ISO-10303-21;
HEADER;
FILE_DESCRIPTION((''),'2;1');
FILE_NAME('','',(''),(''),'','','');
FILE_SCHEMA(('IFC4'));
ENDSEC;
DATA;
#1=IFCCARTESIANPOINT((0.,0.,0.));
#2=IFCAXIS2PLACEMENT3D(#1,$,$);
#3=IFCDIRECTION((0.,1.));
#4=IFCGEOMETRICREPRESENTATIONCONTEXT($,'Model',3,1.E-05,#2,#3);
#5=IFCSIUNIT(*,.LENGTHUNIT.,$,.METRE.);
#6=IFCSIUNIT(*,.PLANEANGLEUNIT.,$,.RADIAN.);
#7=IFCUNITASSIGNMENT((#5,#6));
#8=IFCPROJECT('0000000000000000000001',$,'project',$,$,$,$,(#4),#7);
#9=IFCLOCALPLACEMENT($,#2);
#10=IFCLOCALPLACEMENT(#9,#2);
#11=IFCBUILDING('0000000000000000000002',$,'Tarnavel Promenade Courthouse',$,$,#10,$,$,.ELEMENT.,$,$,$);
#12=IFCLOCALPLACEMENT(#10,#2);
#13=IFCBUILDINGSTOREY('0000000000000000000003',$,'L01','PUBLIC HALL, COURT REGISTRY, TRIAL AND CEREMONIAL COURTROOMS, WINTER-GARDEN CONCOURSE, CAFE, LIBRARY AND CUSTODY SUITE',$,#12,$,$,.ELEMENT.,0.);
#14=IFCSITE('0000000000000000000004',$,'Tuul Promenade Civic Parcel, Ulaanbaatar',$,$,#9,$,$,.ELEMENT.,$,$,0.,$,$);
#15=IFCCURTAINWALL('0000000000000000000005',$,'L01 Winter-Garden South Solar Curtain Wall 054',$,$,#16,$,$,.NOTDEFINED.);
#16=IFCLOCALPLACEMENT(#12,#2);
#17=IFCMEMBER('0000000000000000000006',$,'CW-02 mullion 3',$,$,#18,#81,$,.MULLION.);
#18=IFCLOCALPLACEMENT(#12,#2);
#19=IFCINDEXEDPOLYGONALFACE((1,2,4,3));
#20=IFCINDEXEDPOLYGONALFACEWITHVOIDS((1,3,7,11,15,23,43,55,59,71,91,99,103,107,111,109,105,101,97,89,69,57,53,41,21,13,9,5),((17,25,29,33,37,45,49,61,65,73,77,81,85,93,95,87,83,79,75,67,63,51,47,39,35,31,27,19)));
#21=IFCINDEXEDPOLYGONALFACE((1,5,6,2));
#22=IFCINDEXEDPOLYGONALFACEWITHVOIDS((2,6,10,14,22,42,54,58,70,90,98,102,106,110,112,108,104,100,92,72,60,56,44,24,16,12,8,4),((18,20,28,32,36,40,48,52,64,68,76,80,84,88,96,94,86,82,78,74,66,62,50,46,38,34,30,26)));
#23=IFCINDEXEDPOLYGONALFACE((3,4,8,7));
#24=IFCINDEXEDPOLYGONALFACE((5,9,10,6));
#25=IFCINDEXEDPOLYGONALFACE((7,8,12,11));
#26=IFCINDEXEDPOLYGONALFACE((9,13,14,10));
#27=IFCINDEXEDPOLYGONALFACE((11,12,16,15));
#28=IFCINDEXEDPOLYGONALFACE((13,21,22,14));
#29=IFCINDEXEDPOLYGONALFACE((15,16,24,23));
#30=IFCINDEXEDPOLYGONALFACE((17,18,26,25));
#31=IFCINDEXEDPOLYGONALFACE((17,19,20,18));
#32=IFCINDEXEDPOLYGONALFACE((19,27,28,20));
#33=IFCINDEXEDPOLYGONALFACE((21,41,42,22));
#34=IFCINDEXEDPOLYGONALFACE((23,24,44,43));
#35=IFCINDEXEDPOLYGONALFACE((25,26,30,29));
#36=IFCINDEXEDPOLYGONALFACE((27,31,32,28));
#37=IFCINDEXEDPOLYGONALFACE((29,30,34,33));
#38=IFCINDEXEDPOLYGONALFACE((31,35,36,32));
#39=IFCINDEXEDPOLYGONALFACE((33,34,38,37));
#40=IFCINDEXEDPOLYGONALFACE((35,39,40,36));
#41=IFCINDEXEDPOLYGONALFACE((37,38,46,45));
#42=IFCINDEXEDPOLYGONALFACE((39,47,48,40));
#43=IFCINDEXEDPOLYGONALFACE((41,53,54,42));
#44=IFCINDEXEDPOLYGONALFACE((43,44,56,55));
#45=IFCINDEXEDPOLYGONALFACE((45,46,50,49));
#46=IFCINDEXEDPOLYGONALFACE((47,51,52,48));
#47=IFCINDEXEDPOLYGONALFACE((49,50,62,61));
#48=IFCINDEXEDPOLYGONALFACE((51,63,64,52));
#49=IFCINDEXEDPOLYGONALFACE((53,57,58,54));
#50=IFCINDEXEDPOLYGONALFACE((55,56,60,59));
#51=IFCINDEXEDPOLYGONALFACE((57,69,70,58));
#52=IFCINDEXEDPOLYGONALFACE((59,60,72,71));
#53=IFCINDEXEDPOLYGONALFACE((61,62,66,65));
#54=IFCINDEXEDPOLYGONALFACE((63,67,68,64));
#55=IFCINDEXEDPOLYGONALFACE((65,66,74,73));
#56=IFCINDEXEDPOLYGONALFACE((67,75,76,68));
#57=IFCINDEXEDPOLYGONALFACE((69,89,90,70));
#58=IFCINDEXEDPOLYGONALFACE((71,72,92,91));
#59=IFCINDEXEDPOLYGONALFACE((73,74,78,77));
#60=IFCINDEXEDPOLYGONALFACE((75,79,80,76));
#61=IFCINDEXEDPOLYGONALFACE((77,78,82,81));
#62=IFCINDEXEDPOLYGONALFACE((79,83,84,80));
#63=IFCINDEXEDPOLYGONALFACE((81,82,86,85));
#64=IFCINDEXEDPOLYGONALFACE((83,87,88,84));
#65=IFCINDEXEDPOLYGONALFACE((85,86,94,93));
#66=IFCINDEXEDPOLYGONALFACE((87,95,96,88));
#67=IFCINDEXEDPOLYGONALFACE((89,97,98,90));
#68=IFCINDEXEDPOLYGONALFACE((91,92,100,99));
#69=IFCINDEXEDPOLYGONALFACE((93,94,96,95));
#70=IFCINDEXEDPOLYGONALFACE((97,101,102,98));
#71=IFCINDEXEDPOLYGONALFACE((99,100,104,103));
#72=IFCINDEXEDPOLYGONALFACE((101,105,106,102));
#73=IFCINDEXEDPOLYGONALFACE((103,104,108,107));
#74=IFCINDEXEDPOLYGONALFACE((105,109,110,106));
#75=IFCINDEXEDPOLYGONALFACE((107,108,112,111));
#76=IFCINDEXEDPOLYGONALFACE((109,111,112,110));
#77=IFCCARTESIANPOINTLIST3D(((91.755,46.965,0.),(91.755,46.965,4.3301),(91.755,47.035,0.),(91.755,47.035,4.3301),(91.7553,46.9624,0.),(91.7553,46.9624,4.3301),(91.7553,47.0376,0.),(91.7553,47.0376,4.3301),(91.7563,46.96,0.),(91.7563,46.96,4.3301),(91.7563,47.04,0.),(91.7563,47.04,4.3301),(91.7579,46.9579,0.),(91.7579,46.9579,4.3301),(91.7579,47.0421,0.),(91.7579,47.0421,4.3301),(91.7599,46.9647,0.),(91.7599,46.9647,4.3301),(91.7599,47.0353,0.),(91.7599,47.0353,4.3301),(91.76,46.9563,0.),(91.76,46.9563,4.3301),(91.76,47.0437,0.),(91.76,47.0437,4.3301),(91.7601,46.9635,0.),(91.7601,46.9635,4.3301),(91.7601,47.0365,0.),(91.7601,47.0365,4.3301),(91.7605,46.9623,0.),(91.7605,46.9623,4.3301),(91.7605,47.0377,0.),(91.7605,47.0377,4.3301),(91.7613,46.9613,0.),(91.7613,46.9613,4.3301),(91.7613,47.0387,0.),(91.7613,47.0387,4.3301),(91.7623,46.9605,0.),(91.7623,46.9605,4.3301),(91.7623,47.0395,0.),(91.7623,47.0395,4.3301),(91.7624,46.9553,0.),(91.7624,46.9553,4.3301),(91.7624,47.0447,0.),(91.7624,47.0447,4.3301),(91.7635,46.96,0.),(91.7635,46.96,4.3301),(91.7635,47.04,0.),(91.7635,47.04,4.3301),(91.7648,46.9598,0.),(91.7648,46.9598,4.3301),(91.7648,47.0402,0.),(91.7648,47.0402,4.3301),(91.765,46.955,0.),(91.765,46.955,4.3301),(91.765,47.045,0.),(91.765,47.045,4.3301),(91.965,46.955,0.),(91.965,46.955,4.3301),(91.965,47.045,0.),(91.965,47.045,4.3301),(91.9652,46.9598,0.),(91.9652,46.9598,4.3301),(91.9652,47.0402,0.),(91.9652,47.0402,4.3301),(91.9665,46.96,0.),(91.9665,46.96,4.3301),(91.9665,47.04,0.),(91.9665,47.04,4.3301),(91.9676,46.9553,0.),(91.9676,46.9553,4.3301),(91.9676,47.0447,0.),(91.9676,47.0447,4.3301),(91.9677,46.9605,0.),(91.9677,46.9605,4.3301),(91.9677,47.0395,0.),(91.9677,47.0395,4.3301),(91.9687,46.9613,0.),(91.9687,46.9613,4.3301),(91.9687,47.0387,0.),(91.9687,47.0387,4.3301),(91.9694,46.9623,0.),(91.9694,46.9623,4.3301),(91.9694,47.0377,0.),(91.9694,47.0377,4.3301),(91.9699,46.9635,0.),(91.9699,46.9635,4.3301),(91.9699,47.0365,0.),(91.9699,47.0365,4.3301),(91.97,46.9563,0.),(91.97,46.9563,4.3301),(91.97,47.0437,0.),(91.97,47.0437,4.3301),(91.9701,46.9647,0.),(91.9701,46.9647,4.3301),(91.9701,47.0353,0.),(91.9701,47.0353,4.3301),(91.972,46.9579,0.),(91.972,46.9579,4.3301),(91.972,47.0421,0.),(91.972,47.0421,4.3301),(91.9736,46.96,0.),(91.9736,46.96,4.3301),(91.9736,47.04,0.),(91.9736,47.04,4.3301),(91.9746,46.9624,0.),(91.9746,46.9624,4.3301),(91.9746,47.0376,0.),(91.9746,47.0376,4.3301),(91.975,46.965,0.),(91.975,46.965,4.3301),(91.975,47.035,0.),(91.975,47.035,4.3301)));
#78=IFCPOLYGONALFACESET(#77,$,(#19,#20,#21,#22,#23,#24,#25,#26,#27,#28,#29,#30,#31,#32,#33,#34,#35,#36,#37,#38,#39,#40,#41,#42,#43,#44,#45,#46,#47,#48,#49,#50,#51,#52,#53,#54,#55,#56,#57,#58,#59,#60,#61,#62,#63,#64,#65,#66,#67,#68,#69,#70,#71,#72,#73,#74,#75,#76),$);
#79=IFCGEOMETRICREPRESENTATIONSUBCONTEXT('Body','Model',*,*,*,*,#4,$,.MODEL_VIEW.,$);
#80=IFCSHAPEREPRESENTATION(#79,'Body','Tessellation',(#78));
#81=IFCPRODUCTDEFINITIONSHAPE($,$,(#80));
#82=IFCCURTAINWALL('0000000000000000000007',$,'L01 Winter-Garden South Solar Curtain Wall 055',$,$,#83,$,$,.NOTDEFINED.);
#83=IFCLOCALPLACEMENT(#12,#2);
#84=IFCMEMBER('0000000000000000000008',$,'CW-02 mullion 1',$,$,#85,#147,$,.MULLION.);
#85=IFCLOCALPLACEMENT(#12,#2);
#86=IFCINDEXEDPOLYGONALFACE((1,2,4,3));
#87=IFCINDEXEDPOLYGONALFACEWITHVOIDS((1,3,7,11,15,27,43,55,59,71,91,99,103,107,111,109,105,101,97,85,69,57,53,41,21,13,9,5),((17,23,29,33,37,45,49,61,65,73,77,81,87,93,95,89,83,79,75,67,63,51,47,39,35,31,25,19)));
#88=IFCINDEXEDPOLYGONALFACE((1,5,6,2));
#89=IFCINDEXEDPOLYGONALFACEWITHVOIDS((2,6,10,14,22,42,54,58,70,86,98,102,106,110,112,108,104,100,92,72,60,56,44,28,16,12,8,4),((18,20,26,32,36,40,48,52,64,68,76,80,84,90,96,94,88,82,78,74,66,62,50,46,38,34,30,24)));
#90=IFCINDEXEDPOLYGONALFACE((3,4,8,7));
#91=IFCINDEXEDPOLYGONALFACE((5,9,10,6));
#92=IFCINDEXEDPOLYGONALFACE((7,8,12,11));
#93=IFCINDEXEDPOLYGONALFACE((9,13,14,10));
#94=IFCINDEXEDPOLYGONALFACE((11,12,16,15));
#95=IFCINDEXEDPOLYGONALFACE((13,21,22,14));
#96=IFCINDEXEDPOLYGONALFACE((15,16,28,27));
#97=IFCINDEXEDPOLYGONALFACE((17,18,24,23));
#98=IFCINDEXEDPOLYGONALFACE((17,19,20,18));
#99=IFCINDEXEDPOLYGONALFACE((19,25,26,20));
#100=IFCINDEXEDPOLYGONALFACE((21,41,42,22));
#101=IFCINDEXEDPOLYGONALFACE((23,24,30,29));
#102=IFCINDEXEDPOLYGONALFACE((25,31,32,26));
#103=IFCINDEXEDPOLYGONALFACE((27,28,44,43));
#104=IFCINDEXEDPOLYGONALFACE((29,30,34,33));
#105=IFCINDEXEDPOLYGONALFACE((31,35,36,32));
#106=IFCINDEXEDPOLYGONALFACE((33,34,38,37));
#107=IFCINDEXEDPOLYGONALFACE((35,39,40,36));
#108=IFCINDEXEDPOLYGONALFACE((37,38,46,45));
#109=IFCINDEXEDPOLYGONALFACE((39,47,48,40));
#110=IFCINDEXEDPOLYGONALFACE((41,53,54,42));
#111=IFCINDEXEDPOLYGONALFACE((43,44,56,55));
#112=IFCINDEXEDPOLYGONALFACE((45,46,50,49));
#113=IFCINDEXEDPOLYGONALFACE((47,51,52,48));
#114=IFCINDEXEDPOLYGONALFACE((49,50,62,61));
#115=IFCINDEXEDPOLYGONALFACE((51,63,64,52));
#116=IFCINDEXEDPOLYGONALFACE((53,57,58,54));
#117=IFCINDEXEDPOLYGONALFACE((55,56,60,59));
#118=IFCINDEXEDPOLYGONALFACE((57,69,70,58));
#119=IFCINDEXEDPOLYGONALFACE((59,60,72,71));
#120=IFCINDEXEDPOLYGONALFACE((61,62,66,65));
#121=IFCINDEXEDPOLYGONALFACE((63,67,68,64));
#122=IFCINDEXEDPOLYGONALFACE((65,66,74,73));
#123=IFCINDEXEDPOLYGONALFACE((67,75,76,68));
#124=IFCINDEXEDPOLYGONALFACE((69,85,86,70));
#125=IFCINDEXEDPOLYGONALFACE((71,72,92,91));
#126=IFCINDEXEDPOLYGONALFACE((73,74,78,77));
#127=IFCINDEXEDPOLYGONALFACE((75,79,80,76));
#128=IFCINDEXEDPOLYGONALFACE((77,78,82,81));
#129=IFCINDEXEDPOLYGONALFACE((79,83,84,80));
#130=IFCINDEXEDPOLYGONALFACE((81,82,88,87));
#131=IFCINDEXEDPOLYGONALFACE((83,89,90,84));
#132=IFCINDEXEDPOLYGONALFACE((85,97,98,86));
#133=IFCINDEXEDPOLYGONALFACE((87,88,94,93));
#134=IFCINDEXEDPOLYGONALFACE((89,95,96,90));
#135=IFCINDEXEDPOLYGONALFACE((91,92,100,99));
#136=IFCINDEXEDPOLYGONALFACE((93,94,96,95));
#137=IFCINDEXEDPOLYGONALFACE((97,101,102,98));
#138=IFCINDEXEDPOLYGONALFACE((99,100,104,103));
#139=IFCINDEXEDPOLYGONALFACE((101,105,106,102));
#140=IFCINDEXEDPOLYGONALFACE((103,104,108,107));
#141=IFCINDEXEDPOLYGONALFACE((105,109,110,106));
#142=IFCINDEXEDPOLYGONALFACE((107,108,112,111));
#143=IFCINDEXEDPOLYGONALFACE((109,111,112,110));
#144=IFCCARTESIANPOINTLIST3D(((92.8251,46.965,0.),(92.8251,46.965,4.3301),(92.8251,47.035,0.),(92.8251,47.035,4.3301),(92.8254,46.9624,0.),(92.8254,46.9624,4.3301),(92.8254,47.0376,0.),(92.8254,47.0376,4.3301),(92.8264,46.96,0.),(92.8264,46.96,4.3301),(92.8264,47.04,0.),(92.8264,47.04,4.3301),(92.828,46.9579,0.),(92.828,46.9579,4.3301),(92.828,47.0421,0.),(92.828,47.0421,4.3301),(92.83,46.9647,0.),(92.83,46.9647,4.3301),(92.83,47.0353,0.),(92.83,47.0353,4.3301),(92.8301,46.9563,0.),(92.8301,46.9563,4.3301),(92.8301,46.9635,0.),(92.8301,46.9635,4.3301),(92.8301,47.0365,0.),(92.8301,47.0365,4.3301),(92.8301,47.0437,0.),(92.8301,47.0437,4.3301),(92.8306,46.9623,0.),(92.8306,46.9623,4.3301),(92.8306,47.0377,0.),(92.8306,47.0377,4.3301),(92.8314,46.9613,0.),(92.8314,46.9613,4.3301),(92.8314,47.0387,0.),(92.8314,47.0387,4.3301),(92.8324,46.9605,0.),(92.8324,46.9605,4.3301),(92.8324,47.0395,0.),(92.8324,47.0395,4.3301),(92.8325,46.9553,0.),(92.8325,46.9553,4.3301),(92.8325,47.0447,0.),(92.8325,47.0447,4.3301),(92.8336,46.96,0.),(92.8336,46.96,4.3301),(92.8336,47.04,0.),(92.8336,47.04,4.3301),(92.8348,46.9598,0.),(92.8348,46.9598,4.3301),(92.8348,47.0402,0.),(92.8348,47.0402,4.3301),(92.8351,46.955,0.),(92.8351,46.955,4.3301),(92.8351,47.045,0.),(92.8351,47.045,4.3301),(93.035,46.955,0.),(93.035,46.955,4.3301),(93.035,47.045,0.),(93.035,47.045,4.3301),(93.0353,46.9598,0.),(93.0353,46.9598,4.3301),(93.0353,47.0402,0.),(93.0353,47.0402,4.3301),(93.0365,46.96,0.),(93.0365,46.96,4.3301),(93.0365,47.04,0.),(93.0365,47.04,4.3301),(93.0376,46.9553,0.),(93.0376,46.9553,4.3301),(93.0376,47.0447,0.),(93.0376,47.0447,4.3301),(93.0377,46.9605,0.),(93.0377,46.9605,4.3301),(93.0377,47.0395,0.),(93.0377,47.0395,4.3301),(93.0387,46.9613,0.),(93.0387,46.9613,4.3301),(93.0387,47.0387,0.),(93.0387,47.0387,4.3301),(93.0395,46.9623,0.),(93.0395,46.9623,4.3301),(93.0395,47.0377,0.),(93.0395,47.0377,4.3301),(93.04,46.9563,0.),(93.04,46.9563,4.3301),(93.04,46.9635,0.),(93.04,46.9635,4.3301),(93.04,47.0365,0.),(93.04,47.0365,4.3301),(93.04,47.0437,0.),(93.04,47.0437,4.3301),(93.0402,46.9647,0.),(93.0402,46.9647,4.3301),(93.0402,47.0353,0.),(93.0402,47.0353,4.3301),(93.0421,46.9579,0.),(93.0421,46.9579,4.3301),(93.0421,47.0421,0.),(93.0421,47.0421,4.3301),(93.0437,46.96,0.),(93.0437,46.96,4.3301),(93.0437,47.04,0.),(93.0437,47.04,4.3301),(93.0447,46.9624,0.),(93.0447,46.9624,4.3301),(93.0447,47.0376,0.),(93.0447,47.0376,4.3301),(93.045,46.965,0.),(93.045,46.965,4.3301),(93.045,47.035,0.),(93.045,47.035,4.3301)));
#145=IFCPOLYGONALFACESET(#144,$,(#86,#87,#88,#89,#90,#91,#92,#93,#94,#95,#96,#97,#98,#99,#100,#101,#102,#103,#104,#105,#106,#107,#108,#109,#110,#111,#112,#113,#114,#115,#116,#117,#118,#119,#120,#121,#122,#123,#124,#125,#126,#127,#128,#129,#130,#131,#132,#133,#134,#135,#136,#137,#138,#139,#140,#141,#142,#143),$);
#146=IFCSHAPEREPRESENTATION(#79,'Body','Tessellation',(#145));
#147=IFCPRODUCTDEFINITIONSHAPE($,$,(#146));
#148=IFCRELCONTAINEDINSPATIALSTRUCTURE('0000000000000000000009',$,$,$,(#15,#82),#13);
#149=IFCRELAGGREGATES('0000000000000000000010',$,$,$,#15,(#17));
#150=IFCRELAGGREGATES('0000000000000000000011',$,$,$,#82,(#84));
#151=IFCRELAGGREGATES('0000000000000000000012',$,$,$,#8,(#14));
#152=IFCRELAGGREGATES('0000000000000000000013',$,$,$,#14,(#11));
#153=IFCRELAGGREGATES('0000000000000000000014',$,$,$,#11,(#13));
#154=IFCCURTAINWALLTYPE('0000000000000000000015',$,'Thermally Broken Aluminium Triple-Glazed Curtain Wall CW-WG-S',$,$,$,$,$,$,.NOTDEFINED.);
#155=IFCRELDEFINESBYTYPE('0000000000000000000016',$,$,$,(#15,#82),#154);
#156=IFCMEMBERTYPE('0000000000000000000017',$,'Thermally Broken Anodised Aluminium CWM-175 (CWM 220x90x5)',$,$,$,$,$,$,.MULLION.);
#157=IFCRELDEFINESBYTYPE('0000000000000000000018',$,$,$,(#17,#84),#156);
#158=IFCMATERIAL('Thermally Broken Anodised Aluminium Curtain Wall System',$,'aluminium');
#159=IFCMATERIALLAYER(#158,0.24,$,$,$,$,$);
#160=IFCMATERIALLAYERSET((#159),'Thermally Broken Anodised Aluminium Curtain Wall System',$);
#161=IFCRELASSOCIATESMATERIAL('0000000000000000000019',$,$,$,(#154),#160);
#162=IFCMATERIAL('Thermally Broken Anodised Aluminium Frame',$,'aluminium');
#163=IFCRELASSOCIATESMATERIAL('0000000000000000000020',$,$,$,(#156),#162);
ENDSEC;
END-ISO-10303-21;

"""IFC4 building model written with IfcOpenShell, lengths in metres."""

from ifc_helpers import new_model, si_unit, direction, frame, origin, origin_2d, place, context, subcontext, project, spatial, hollow_rectangle, extrude, material, layer, layer_set, material_profile, profile_set, type_object, element, aggregate, save


model = new_model("IFC4")

# Units and contexts
model_context = context("Model", 3, precision=1e-05, world=origin(), true_north=direction((0.0, 1.0)))
body_context = subcontext(model_context, "Body", "Model", "MODEL_VIEW")
ifc_project = project(units=[si_unit("LENGTHUNIT", "METRE"), si_unit("PLANEANGLEUNIT", "RADIAN")], contexts=[model_context])

# Site, building, storey
site_placement = place(None, origin())
site = spatial("IfcSite", under=ifc_project, at=site_placement, Name="Tuul Promenade Civic Parcel, Ulaanbaatar", CompositionType="ELEMENT", RefElevation=0.0)
building_placement = place(site_placement, origin())
building = spatial("IfcBuilding", under=site, at=building_placement, Name="Tarnavel Promenade Courthouse", CompositionType="ELEMENT")
storey_placement = place(building_placement, origin())
storey = spatial("IfcBuildingStorey", under=building, at=storey_placement, Name="L01", Description="PUBLIC HALL, COURT REGISTRY, TRIAL AND CEREMONIAL COURTROOMS, WINTER-GARDEN CONCOURSE, CAFE, LIBRARY AND CUSTODY SUITE", CompositionType="ELEMENT", Elevation=0.0)

# Curtain walls, members
ifc_material_1 = material(Name="Thermally Broken Anodised Aluminium Curtain Wall System", Category="aluminium")
ifc_layer_1 = layer(ifc_material_1, 0.24)
ifc_layer_set_1 = layer_set([ifc_layer_1], Name="Thermally Broken Anodised Aluminium Curtain Wall System")
curtain_wall_type = type_object("IfcCurtainWallType", Name="Thermally Broken Aluminium Triple-Glazed Curtain Wall CW-WG-S", PredefinedType="NOTDEFINED", material=ifc_layer_set_1)
ifc_material_2 = material(Name="Thermally Broken Anodised Aluminium Frame", Category="aluminium")
ifc_material_profile_1 = material_profile(ifc_material_2, hollow_rectangle(XDim=0.0901, YDim=0.22, WallThickness=0.0049, InnerFilletRadius=0.0049, OuterFilletRadius=0.01, at=origin_2d()), Name="CWM 220x90x5")
ifc_profile_set_1 = profile_set([ifc_material_profile_1], Name="Thermally Broken Anodised Aluminium Frame")
member_type_1 = type_object("IfcMemberType", Name="Thermally Broken Anodised Aluminium CWM-175 (CWM 220x90x5)", PredefinedType="MULLION", material=ifc_profile_set_1)
curtain_wall_1_placement = place(storey_placement, origin())
curtain_wall_1 = element("IfcCurtainWall", 1, at=curtain_wall_1_placement, inside=storey, type_object=curtain_wall_type, Name="L01 Winter-Garden South Solar Curtain Wall 054", PredefinedType="NOTDEFINED")
member_1_placement = place(storey_placement, frame((91.865, 47.0, 0.0), z_axis=(0.0, 0.0, 1.0), x_axis=(0.0, 1.0, 0.0)))
member_1 = element("IfcMember", 2, at=member_1_placement, type_object=member_type_1, Name="CW-02 mullion 3", PredefinedType="MULLION", context=body_context, shape_type="SweptSolid", body=[
    extrude(hollow_rectangle(XDim=0.0901, YDim=0.22, WallThickness=0.0049, InnerFilletRadius=0.0049, OuterFilletRadius=0.01, at=origin_2d()), origin(), (0.0, 0.0, 1.0), 4.3301),
])
curtain_wall_2_placement = place(storey_placement, origin())
curtain_wall_2 = element("IfcCurtainWall", 3, at=curtain_wall_2_placement, inside=storey, type_object=curtain_wall_type, Name="L01 Winter-Garden South Solar Curtain Wall 055", PredefinedType="NOTDEFINED")
member_2_placement = place(storey_placement, frame((92.9351, 47.0, 0.0), z_axis=(0.0, 0.0, 1.0), x_axis=(0.0, 1.0, 0.0)))
member_2 = element("IfcMember", 4, at=member_2_placement, type_object=member_type_1, Name="CW-02 mullion 1", PredefinedType="MULLION", context=body_context, shape_type="SweptSolid", body=[
    extrude(hollow_rectangle(XDim=0.0901, YDim=0.22, WallThickness=0.0049, InnerFilletRadius=0.0049, OuterFilletRadius=0.01, at=origin_2d()), origin(), (0.0, 0.0, 1.0), 4.3301),
])

aggregate(curtain_wall_1, [member_1])
aggregate(curtain_wall_2, [member_2])

save(model, "model.ifc")
